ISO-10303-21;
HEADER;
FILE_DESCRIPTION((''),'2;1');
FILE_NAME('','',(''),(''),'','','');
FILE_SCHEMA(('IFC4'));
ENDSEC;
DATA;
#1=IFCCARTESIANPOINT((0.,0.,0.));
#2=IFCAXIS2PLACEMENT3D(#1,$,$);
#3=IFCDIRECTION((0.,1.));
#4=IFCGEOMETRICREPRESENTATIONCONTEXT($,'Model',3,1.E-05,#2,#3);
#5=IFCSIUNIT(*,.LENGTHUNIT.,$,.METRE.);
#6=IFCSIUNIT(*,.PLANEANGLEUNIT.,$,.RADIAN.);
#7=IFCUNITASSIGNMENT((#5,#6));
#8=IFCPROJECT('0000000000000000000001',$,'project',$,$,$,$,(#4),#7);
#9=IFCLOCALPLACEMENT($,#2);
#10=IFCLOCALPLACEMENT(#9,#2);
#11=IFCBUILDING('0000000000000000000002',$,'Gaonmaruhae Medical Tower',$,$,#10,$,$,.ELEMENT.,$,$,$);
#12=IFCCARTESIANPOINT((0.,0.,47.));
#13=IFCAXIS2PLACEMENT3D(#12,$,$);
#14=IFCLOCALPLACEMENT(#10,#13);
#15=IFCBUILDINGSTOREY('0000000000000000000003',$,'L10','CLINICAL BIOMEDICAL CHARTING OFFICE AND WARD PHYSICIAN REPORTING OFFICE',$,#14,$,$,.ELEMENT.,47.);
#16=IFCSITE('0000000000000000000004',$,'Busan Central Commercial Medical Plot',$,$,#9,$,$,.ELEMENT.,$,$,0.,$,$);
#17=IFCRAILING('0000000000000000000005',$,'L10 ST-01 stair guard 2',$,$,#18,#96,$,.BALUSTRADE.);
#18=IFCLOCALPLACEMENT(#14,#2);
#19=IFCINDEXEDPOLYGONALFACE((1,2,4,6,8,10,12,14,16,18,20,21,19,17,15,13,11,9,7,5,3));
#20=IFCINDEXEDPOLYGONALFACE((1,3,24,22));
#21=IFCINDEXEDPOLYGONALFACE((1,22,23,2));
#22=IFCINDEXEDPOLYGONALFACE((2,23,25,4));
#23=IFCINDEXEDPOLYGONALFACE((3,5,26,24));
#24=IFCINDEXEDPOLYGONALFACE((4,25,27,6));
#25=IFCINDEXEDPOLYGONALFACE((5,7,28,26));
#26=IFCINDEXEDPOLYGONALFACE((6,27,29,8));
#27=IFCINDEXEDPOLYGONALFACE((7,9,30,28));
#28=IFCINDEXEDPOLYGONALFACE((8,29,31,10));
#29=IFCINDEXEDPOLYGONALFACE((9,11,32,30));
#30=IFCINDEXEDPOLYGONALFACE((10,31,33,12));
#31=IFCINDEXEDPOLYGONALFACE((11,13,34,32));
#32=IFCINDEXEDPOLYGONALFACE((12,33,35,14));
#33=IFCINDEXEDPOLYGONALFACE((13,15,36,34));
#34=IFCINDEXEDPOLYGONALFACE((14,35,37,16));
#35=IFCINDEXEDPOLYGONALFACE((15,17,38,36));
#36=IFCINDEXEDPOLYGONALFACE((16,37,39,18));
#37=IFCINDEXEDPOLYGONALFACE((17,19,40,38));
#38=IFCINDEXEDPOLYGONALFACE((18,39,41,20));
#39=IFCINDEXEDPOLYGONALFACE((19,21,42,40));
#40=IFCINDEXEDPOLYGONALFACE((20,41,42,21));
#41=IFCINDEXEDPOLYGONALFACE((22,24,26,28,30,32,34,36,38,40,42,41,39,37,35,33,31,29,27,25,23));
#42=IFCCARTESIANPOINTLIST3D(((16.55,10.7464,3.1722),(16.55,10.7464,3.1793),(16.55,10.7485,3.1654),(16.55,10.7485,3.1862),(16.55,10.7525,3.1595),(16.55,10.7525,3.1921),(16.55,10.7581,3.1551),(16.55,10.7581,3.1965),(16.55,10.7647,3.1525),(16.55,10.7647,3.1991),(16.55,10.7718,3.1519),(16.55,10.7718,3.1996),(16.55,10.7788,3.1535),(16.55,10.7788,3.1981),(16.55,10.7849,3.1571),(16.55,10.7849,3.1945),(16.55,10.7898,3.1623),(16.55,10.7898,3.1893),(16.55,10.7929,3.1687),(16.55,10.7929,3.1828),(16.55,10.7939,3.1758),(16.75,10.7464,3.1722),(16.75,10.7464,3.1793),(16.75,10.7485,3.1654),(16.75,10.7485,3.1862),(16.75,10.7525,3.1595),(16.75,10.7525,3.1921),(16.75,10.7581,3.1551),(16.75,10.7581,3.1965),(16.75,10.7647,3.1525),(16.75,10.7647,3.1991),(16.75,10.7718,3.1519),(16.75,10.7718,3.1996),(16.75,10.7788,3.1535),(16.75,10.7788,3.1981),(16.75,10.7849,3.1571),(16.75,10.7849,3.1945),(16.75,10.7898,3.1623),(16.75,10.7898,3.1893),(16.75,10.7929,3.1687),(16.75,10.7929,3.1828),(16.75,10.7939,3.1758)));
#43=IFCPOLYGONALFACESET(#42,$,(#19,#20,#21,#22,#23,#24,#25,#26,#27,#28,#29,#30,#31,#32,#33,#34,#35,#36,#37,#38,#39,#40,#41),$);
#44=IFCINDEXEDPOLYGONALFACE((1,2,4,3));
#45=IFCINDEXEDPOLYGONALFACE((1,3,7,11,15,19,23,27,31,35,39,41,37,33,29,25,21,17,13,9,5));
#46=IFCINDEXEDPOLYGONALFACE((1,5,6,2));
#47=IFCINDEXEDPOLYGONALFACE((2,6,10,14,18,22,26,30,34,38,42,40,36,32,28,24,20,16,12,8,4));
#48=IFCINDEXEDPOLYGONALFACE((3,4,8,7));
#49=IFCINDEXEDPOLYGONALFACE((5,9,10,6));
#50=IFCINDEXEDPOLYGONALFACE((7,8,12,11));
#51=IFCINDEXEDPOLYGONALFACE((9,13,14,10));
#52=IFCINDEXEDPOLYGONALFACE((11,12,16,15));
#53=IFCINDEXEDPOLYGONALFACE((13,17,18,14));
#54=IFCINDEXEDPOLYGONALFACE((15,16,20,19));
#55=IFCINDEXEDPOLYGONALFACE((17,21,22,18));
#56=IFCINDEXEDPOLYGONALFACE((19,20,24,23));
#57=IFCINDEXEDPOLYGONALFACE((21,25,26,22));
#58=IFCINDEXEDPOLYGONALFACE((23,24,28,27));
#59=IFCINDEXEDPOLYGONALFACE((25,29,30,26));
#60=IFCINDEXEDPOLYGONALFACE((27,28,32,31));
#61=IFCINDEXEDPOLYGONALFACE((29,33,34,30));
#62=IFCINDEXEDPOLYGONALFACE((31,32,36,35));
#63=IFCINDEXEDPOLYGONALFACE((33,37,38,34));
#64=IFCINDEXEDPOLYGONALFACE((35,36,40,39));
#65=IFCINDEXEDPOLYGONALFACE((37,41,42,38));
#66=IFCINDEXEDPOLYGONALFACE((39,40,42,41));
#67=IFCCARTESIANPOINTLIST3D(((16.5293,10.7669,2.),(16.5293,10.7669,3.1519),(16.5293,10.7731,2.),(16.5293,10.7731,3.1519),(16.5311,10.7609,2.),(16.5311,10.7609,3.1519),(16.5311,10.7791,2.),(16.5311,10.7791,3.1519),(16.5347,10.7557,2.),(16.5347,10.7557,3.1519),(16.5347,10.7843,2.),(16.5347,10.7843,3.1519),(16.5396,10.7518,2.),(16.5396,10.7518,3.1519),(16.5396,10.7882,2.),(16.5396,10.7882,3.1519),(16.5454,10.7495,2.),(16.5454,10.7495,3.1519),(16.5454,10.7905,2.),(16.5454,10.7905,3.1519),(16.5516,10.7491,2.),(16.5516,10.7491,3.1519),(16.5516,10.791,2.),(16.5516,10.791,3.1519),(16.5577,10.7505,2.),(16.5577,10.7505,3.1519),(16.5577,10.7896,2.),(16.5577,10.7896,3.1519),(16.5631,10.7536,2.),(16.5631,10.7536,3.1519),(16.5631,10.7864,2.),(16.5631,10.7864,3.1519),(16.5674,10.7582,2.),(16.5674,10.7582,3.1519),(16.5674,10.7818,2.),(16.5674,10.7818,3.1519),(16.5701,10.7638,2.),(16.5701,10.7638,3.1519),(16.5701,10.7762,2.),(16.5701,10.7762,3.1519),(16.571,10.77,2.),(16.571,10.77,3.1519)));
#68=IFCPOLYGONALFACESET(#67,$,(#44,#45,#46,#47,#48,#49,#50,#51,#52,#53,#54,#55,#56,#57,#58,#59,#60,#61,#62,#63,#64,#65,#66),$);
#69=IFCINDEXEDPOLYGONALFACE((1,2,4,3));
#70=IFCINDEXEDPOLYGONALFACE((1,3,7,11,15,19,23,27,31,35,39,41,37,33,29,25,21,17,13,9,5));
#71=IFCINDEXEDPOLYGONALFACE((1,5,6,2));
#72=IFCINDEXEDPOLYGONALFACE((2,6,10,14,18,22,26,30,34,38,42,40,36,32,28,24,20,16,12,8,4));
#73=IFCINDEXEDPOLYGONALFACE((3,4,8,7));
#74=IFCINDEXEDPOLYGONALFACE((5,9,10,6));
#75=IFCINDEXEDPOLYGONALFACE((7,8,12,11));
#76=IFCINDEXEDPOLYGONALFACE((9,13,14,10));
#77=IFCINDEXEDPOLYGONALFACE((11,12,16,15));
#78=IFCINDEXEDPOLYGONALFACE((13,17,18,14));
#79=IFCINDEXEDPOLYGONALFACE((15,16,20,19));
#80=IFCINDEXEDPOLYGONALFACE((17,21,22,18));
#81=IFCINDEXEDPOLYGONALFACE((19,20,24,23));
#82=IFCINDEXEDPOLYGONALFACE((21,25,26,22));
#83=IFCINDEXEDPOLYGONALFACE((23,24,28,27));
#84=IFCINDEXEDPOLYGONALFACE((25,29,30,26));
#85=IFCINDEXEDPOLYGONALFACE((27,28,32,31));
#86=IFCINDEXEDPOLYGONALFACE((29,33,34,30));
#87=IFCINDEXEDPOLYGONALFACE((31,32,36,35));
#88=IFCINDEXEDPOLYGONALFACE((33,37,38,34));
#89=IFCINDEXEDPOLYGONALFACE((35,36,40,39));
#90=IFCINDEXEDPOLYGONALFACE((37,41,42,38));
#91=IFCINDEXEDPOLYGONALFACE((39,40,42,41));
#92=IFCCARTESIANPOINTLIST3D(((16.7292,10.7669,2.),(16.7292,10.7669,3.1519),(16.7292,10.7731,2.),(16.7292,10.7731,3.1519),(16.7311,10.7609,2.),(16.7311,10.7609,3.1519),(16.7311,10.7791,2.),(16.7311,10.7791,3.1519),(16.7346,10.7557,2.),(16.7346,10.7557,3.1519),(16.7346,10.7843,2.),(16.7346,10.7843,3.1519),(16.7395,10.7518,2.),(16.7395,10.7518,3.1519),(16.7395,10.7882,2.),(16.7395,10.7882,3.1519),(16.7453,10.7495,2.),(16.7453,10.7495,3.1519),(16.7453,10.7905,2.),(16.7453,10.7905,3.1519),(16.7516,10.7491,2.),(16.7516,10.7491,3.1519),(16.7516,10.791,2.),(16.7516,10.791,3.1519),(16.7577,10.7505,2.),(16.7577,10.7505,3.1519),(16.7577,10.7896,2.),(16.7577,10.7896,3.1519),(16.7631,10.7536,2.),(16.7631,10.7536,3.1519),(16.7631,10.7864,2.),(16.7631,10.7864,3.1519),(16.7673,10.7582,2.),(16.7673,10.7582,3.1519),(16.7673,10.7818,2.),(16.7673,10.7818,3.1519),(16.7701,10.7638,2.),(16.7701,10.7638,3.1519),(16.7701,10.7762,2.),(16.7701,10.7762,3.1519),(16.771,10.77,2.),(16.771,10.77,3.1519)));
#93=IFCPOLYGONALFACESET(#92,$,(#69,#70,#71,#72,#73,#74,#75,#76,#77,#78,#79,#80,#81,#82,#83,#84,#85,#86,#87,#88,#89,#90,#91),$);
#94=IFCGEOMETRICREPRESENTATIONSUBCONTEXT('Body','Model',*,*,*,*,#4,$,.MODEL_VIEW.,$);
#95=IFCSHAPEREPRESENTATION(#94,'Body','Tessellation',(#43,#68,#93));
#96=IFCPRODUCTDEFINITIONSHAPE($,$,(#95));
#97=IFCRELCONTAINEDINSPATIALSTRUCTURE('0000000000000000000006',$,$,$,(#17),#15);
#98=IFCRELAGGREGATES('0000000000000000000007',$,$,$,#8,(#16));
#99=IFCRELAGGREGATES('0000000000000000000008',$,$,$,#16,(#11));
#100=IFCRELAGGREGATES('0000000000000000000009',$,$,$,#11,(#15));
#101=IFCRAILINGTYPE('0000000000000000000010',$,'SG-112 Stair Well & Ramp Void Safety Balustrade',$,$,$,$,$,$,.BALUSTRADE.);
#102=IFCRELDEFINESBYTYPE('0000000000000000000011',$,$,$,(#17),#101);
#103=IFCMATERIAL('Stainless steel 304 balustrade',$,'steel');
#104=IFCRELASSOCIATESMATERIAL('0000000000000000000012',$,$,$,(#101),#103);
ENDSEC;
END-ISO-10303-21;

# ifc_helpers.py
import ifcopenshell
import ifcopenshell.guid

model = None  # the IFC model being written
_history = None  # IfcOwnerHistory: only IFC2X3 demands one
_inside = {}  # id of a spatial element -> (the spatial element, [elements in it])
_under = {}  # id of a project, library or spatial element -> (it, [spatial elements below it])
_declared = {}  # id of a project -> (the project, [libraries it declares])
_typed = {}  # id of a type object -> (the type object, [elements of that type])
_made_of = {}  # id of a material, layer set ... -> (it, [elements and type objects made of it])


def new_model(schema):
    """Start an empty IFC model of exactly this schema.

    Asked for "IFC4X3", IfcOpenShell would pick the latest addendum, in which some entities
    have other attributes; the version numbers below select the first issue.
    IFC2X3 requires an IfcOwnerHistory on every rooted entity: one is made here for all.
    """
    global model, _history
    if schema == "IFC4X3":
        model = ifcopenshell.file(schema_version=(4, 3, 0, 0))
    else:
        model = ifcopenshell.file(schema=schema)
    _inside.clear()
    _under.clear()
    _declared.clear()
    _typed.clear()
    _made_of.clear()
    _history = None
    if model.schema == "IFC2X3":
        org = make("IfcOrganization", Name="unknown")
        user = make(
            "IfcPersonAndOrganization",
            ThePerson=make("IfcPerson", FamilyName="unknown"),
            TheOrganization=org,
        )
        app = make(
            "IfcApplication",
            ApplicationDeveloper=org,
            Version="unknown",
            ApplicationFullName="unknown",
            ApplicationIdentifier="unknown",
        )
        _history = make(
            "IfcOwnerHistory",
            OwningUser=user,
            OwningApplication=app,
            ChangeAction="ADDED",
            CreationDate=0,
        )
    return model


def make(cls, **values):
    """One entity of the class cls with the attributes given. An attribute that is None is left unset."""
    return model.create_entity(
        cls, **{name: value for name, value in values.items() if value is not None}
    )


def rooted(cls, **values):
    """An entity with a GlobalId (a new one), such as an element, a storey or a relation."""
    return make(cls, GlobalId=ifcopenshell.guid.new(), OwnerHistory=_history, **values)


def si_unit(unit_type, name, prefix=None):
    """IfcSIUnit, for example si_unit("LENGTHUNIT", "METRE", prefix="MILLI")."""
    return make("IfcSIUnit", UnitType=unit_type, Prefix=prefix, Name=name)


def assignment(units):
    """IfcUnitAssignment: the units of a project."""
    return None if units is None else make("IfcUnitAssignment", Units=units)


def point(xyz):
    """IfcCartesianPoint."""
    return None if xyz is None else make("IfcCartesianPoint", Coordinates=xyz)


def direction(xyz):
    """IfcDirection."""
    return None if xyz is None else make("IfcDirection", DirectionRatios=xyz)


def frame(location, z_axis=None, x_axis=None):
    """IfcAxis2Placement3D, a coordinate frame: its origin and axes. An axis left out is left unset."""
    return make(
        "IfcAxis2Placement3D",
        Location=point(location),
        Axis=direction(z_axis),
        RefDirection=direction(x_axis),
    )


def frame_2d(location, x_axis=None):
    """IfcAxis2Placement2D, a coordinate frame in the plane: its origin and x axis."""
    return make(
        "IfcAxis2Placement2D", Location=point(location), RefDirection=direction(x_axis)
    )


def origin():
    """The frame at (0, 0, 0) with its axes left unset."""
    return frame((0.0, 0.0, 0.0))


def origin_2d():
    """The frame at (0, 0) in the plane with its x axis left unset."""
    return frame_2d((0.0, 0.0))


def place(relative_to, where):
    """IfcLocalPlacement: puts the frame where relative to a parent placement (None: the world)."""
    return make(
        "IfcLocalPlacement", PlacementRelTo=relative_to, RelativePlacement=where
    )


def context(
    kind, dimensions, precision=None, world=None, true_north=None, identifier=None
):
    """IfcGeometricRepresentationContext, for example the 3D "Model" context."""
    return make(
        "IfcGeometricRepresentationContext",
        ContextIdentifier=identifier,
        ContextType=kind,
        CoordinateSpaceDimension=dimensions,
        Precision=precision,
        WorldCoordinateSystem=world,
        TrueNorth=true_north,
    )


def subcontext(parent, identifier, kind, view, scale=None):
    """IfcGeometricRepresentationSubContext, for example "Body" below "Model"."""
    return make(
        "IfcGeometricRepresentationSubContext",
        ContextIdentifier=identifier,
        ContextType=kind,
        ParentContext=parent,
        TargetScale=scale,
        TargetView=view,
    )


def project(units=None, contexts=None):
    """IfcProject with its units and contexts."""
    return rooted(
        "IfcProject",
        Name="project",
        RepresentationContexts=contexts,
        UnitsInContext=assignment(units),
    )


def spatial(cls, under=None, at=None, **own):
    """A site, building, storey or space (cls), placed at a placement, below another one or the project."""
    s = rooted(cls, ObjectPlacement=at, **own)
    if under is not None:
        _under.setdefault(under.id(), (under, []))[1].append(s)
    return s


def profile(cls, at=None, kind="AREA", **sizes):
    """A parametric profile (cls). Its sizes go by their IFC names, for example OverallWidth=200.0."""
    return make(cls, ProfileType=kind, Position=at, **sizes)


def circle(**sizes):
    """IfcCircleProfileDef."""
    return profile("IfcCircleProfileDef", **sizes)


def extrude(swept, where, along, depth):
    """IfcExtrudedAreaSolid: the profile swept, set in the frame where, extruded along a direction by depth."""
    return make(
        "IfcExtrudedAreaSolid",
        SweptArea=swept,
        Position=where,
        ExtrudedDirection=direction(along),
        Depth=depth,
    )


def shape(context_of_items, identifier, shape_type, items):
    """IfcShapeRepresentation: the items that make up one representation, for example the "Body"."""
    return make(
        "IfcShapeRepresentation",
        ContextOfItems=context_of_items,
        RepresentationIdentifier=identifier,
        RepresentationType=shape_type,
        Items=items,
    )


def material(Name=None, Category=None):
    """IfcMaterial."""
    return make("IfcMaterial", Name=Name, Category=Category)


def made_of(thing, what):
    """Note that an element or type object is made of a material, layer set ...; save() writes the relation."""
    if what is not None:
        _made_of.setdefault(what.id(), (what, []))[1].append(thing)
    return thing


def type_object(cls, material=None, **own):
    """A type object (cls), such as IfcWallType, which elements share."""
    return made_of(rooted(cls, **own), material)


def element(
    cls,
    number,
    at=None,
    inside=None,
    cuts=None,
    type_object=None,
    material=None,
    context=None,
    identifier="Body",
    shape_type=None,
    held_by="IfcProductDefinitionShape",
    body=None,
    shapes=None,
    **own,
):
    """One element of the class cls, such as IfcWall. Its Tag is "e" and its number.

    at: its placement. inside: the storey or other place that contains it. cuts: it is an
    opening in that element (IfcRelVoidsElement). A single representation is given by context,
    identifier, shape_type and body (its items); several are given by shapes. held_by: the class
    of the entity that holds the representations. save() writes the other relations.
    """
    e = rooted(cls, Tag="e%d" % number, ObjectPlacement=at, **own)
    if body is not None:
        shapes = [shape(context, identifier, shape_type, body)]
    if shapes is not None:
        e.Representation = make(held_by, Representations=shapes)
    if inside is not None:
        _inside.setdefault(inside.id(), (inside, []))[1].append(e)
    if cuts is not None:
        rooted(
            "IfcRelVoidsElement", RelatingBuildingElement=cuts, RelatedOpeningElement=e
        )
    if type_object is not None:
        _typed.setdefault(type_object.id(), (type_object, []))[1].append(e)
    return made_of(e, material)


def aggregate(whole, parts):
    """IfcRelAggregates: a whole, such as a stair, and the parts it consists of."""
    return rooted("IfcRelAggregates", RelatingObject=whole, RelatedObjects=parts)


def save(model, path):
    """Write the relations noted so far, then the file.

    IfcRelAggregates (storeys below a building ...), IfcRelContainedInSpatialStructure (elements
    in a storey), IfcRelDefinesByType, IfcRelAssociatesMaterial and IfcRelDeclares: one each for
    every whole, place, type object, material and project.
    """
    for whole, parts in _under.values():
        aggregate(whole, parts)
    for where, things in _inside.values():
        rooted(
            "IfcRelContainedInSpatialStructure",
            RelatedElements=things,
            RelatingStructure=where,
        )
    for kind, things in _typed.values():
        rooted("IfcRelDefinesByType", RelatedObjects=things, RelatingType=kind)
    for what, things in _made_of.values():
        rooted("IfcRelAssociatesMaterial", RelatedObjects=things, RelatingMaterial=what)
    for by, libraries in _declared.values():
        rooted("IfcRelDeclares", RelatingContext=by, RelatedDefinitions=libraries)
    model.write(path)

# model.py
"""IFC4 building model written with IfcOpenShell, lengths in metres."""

from ifc_helpers import new_model, si_unit, direction, frame, origin, origin_2d, place, context, subcontext, project, spatial, circle, extrude, material, type_object, element, save


model = new_model("IFC4")

# Units and contexts
model_context = context("Model", 3, precision=1e-05, world=origin(), true_north=direction((0.0, 1.0)))
body_context = subcontext(model_context, "Body", "Model", "MODEL_VIEW")
ifc_project = project(units=[si_unit("LENGTHUNIT", "METRE"), si_unit("PLANEANGLEUNIT", "RADIAN")], contexts=[model_context])

# Site, building, storey
site_placement = place(None, origin())
site = spatial("IfcSite", under=ifc_project, at=site_placement, Name="Busan Central Commercial Medical Plot", CompositionType="ELEMENT", RefElevation=0.0)
building_placement = place(site_placement, origin())
building = spatial("IfcBuilding", under=site, at=building_placement, Name="Gaonmaruhae Medical Tower", CompositionType="ELEMENT")
storey_placement = place(building_placement, frame((0.0, 0.0, 47.0)))
storey = spatial("IfcBuildingStorey", under=building, at=storey_placement, Name="L10", Description="CLINICAL BIOMEDICAL CHARTING OFFICE AND WARD PHYSICIAN REPORTING OFFICE", CompositionType="ELEMENT", Elevation=47.0)

# Railing
ifc_material_1 = material(Name="Stainless steel 304 balustrade", Category="steel")
railing_type_1 = type_object("IfcRailingType", Name="SG-112 Stair Well & Ramp Void Safety Balustrade", PredefinedType="BALUSTRADE", material=ifc_material_1)
railing_1_placement = place(storey_placement, frame((16.55, 10.77, 2.0)))
element("IfcRailing", 1, at=railing_1_placement, inside=storey, type_object=railing_type_1, Name="L10 ST-01 stair guard 2", PredefinedType="BALUSTRADE", context=body_context, shape_type="SweptSolid", body=[
    extrude(circle(Radius=0.0239, at=origin_2d()), frame((0.0, 0.0, 1.1758), z_axis=(1.0, 0.0, 0.0), x_axis=(0.0, 1.0, 0.0)), (0.0, 0.0, 1.0), 0.2),
    extrude(circle(Radius=0.021, at=origin_2d()), origin(), (0.0, 0.0, 1.0), 1.1519),
    extrude(circle(Radius=0.021, at=origin_2d()), frame((0.2, 0.0, 0.0)), (0.0, 0.0, 1.0), 1.1519),
])

save(model, "model.ifc")
